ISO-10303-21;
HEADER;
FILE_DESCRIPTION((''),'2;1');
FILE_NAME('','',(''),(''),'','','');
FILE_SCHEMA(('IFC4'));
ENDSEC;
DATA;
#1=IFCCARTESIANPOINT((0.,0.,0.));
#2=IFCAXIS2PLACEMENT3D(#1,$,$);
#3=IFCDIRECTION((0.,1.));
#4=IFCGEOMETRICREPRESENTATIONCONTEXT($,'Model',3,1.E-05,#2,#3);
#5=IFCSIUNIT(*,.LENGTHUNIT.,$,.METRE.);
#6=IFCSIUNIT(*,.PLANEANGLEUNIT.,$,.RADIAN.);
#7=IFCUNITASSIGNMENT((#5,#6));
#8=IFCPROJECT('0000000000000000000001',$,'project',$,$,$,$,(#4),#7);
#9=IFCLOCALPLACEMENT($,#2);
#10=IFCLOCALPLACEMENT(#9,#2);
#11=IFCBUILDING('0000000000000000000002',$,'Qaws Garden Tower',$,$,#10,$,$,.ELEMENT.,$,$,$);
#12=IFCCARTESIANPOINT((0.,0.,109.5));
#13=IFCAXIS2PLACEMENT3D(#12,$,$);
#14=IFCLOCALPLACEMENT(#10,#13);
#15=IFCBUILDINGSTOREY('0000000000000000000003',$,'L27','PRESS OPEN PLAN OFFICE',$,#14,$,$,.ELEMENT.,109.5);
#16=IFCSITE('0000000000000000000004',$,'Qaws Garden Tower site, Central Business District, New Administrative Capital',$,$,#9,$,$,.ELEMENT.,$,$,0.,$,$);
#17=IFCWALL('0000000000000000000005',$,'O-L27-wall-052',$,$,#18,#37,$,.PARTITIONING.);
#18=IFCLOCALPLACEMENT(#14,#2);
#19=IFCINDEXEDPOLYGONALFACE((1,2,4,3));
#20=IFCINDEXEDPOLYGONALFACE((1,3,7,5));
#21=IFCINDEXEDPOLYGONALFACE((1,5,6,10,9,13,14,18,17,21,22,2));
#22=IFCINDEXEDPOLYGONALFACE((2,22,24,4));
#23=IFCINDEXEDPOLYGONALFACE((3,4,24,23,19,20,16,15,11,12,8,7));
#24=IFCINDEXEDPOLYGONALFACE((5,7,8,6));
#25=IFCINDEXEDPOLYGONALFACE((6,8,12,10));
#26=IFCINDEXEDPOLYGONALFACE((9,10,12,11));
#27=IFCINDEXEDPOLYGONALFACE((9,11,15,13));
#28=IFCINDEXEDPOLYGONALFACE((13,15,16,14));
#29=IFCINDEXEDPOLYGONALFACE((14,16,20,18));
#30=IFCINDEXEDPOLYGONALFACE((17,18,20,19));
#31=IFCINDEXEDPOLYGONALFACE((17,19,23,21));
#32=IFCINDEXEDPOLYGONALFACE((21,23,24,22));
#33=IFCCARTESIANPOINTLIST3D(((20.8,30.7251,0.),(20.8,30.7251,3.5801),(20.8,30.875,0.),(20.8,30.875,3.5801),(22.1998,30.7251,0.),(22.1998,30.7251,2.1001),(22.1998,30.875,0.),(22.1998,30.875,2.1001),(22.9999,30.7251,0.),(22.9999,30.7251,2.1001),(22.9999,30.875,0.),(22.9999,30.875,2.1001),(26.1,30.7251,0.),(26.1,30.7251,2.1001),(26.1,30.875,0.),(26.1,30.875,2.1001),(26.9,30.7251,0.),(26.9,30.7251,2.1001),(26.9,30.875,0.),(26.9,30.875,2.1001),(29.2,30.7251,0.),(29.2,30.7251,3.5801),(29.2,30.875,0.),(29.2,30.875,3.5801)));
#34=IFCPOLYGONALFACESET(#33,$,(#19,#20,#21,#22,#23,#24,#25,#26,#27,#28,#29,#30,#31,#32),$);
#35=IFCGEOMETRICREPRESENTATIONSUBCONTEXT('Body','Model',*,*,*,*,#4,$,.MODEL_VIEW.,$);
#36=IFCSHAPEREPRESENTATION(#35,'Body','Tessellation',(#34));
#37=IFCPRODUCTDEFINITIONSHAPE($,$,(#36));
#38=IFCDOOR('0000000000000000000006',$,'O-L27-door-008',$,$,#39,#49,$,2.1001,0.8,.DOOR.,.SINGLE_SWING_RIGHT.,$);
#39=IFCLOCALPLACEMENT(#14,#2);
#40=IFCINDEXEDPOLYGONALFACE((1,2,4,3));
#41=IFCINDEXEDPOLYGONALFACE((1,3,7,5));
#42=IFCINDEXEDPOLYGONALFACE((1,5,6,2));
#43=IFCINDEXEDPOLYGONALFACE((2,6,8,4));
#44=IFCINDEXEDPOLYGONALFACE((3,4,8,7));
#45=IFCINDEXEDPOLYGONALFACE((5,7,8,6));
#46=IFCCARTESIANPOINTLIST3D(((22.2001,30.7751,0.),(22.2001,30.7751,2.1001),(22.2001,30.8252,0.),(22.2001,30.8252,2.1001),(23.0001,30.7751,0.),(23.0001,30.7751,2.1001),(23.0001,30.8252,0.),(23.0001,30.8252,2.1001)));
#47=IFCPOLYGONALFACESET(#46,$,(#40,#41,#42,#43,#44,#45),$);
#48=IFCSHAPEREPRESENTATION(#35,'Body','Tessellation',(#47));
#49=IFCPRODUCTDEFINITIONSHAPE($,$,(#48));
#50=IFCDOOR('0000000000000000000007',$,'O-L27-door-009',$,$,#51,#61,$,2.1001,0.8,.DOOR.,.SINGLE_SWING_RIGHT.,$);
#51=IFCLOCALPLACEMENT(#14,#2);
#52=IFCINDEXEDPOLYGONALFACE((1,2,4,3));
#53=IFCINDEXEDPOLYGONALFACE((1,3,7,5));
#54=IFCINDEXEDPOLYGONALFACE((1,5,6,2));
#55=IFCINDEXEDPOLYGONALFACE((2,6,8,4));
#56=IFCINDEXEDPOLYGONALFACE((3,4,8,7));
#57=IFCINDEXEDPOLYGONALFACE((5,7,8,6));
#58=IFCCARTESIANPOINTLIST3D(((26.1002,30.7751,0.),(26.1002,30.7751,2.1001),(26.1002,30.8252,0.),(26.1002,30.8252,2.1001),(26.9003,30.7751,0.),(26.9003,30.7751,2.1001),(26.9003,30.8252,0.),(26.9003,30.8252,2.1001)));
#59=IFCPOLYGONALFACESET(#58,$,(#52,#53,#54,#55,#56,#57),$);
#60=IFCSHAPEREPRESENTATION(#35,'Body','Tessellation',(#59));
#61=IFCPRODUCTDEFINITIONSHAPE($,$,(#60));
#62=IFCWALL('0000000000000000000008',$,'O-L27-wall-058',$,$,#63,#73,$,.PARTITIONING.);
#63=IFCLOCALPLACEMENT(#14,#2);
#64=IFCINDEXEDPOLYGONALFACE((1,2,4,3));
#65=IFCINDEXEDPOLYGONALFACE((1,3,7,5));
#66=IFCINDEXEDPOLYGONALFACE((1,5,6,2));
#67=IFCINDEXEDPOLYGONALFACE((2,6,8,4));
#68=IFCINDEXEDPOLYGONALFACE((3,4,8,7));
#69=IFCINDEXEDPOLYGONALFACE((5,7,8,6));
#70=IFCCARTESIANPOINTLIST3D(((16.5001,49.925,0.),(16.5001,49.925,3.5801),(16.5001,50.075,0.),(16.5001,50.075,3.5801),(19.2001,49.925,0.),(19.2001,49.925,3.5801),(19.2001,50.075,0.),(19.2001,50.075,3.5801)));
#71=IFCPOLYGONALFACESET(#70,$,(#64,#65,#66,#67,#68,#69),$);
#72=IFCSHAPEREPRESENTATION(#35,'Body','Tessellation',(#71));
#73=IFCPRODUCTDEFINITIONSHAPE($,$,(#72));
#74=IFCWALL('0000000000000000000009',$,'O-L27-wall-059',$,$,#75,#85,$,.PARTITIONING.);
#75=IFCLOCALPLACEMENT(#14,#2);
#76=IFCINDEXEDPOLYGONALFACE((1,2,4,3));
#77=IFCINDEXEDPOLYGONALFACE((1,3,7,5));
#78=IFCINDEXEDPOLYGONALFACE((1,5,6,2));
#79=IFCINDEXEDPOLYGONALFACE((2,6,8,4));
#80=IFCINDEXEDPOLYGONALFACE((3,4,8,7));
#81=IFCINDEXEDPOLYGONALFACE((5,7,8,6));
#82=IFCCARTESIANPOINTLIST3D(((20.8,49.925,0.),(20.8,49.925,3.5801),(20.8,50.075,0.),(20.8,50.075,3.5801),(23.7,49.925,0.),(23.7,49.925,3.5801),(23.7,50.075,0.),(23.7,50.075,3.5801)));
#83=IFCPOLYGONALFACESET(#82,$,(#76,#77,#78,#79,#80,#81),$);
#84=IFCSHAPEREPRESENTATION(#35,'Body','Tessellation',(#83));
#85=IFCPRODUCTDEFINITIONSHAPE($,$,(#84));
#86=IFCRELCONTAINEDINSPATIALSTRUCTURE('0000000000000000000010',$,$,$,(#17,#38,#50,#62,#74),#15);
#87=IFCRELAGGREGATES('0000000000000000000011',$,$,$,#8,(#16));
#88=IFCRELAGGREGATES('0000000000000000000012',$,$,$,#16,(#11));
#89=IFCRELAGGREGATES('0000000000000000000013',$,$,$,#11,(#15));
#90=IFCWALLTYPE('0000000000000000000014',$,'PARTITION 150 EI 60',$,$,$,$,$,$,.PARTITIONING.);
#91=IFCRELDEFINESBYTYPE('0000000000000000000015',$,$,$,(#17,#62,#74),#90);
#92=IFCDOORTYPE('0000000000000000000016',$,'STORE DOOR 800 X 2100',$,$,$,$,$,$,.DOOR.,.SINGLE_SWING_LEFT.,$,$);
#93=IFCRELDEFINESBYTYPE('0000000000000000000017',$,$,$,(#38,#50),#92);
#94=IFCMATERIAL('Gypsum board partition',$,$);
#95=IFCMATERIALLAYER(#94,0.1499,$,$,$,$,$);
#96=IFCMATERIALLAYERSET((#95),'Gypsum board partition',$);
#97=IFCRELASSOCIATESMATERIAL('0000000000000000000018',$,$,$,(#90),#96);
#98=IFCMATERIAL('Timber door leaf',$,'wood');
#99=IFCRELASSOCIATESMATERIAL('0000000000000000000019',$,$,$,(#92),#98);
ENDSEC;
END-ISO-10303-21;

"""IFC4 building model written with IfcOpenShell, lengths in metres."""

from ifc_helpers import new_model, si_unit, direction, frame, frame_2d, origin, place, context, subcontext, project, spatial, rectangle, extrude, material, layer, layer_set, type_object, element, fill, save


model = new_model("IFC4")

# Units and contexts
model_context = context("Model", 3, precision=1e-05, world=origin(), true_north=direction((0.0, 1.0)))
body_context = subcontext(model_context, "Body", "Model", "MODEL_VIEW")
ifc_project = project(units=[si_unit("LENGTHUNIT", "METRE"), si_unit("PLANEANGLEUNIT", "RADIAN")], contexts=[model_context])

# Site, building, storey
site_placement = place(None, origin())
site = spatial("IfcSite", under=ifc_project, at=site_placement, Name="Qaws Garden Tower site, Central Business District, New Administrative Capital", CompositionType="ELEMENT", RefElevation=0.0)
building_placement = place(site_placement, origin())
building = spatial("IfcBuilding", under=site, at=building_placement, Name="Qaws Garden Tower", CompositionType="ELEMENT")
storey_placement = place(building_placement, frame((0.0, 0.0, 109.5)))
storey = spatial("IfcBuildingStorey", under=building, at=storey_placement, Name="L27", Description="PRESS OPEN PLAN OFFICE", CompositionType="ELEMENT", Elevation=109.5)

# Shared definitions
ifc_material_1 = material(Name="Gypsum board partition")
ifc_layer_1 = layer(ifc_material_1, 0.1499)
ifc_layer_set_1 = layer_set([ifc_layer_1], Name="Gypsum board partition")
wall_type_1 = type_object("IfcWallType", Name="PARTITION 150 EI 60", PredefinedType="PARTITIONING", material=ifc_layer_set_1)

# Wall, openings, doors
wall_1_placement = place(storey_placement, frame((20.8, 30.8, 0.0), z_axis=(0.0, 0.0, 1.0), x_axis=(1.0, 0.0, 0.0)))
wall_1 = element("IfcWall", 1, at=wall_1_placement, inside=storey, type_object=wall_type_1, Name="O-L27-wall-052", PredefinedType="PARTITIONING", context=body_context, shape_type="SweptSolid", body=[
    extrude(rectangle(XDim=8.3999, YDim=0.1499, at=frame_2d((4.2, 0.0))), origin(), (0.0, 0.0, 1.0), 3.5801),
])
opening_1_placement = place(wall_1_placement, frame((1.3999, 0.0, 0.0)))
opening_1 = element("IfcOpeningElement", 2, at=opening_1_placement, cuts=wall_1, PredefinedType="OPENING", context=body_context, shape_type="SweptSolid", body=[
    extrude(rectangle(XDim=0.8, YDim=2.1001, at=frame_2d((0.3999, 1.05))), frame((0.0, 0.085, 0.0), z_axis=(0.0, -1.0, 0.0), x_axis=(1.0, 0.0, 0.0)), (0.0, 0.0, 1.0), 0.1699),
])
opening_2_placement = place(wall_1_placement, frame((5.3, 0.0, 0.0)))
opening_2 = element("IfcOpeningElement", 3, at=opening_2_placement, cuts=wall_1, PredefinedType="OPENING", context=body_context, shape_type="SweptSolid", body=[
    extrude(rectangle(XDim=0.8, YDim=2.1001, at=frame_2d((0.3999, 1.05))), frame((0.0, 0.085, 0.0), z_axis=(0.0, -1.0, 0.0), x_axis=(1.0, 0.0, 0.0)), (0.0, 0.0, 1.0), 0.1699),
])
ifc_material_2 = material(Name="Timber door leaf", Category="wood")
door_type_1 = type_object("IfcDoorType", Name="STORE DOOR 800 X 2100", OperationType="SINGLE_SWING_LEFT", PredefinedType="DOOR", material=ifc_material_2)
door_1_placement = place(opening_1_placement, frame((0.8, 0.0, 0.0), z_axis=(0.0, 0.0, 1.0), x_axis=(-1.0, 0.0, 0.0)))
door_1 = element("IfcDoor", 4, at=door_1_placement, inside=storey, type_object=door_type_1, Name="O-L27-door-008", OperationType="SINGLE_SWING_RIGHT", OverallHeight=2.1001, OverallWidth=0.8, PredefinedType="DOOR", context=body_context, shape_type="SweptSolid", body=[
    extrude(rectangle(XDim=0.8, YDim=2.1001, at=frame_2d((0.3999, 1.05))), frame((0.0, 0.0249, 0.0), z_axis=(0.0, -1.0, 0.0), x_axis=(1.0, 0.0, 0.0)), (0.0, 0.0, 1.0), 0.05),
])
fill(opening_1, door_1)
door_2_placement = place(opening_2_placement, frame((0.8, 0.0, 0.0), z_axis=(0.0, 0.0, 1.0), x_axis=(-1.0, 0.0, 0.0)))
door_2 = element("IfcDoor", 5, at=door_2_placement, inside=storey, type_object=door_type_1, Name="O-L27-door-009", OperationType="SINGLE_SWING_RIGHT", OverallHeight=2.1001, OverallWidth=0.8, PredefinedType="DOOR", context=body_context, shape_type="SweptSolid", body=[
    extrude(rectangle(XDim=0.8, YDim=2.1001, at=frame_2d((0.3999, 1.05))), frame((0.0, 0.0249, 0.0), z_axis=(0.0, -1.0, 0.0), x_axis=(1.0, 0.0, 0.0)), (0.0, 0.0, 1.0), 0.05),
])
fill(opening_2, door_2)

# Walls
wall_2_placement = place(storey_placement, frame((16.5, 50.0, 0.0), z_axis=(0.0, 0.0, 1.0), x_axis=(1.0, 0.0, 0.0)))
element("IfcWall", 6, at=wall_2_placement, inside=storey, type_object=wall_type_1, Name="O-L27-wall-058", PredefinedType="PARTITIONING", context=body_context, shape_type="SweptSolid", body=[
    extrude(rectangle(XDim=2.7, YDim=0.1499, at=frame_2d((1.3501, 0.0))), origin(), (0.0, 0.0, 1.0), 3.5801),
])
wall_3_placement = place(storey_placement, frame((20.8, 50.0, 0.0), z_axis=(0.0, 0.0, 1.0), x_axis=(1.0, 0.0, 0.0)))
element("IfcWall", 7, at=wall_3_placement, inside=storey, type_object=wall_type_1, Name="O-L27-wall-059", PredefinedType="PARTITIONING", context=body_context, shape_type="SweptSolid", body=[
    extrude(rectangle(XDim=2.8999, YDim=0.1499, at=frame_2d((1.45, 0.0))), origin(), (0.0, 0.0, 1.0), 3.5801),
])

save(model, "model.ifc")
